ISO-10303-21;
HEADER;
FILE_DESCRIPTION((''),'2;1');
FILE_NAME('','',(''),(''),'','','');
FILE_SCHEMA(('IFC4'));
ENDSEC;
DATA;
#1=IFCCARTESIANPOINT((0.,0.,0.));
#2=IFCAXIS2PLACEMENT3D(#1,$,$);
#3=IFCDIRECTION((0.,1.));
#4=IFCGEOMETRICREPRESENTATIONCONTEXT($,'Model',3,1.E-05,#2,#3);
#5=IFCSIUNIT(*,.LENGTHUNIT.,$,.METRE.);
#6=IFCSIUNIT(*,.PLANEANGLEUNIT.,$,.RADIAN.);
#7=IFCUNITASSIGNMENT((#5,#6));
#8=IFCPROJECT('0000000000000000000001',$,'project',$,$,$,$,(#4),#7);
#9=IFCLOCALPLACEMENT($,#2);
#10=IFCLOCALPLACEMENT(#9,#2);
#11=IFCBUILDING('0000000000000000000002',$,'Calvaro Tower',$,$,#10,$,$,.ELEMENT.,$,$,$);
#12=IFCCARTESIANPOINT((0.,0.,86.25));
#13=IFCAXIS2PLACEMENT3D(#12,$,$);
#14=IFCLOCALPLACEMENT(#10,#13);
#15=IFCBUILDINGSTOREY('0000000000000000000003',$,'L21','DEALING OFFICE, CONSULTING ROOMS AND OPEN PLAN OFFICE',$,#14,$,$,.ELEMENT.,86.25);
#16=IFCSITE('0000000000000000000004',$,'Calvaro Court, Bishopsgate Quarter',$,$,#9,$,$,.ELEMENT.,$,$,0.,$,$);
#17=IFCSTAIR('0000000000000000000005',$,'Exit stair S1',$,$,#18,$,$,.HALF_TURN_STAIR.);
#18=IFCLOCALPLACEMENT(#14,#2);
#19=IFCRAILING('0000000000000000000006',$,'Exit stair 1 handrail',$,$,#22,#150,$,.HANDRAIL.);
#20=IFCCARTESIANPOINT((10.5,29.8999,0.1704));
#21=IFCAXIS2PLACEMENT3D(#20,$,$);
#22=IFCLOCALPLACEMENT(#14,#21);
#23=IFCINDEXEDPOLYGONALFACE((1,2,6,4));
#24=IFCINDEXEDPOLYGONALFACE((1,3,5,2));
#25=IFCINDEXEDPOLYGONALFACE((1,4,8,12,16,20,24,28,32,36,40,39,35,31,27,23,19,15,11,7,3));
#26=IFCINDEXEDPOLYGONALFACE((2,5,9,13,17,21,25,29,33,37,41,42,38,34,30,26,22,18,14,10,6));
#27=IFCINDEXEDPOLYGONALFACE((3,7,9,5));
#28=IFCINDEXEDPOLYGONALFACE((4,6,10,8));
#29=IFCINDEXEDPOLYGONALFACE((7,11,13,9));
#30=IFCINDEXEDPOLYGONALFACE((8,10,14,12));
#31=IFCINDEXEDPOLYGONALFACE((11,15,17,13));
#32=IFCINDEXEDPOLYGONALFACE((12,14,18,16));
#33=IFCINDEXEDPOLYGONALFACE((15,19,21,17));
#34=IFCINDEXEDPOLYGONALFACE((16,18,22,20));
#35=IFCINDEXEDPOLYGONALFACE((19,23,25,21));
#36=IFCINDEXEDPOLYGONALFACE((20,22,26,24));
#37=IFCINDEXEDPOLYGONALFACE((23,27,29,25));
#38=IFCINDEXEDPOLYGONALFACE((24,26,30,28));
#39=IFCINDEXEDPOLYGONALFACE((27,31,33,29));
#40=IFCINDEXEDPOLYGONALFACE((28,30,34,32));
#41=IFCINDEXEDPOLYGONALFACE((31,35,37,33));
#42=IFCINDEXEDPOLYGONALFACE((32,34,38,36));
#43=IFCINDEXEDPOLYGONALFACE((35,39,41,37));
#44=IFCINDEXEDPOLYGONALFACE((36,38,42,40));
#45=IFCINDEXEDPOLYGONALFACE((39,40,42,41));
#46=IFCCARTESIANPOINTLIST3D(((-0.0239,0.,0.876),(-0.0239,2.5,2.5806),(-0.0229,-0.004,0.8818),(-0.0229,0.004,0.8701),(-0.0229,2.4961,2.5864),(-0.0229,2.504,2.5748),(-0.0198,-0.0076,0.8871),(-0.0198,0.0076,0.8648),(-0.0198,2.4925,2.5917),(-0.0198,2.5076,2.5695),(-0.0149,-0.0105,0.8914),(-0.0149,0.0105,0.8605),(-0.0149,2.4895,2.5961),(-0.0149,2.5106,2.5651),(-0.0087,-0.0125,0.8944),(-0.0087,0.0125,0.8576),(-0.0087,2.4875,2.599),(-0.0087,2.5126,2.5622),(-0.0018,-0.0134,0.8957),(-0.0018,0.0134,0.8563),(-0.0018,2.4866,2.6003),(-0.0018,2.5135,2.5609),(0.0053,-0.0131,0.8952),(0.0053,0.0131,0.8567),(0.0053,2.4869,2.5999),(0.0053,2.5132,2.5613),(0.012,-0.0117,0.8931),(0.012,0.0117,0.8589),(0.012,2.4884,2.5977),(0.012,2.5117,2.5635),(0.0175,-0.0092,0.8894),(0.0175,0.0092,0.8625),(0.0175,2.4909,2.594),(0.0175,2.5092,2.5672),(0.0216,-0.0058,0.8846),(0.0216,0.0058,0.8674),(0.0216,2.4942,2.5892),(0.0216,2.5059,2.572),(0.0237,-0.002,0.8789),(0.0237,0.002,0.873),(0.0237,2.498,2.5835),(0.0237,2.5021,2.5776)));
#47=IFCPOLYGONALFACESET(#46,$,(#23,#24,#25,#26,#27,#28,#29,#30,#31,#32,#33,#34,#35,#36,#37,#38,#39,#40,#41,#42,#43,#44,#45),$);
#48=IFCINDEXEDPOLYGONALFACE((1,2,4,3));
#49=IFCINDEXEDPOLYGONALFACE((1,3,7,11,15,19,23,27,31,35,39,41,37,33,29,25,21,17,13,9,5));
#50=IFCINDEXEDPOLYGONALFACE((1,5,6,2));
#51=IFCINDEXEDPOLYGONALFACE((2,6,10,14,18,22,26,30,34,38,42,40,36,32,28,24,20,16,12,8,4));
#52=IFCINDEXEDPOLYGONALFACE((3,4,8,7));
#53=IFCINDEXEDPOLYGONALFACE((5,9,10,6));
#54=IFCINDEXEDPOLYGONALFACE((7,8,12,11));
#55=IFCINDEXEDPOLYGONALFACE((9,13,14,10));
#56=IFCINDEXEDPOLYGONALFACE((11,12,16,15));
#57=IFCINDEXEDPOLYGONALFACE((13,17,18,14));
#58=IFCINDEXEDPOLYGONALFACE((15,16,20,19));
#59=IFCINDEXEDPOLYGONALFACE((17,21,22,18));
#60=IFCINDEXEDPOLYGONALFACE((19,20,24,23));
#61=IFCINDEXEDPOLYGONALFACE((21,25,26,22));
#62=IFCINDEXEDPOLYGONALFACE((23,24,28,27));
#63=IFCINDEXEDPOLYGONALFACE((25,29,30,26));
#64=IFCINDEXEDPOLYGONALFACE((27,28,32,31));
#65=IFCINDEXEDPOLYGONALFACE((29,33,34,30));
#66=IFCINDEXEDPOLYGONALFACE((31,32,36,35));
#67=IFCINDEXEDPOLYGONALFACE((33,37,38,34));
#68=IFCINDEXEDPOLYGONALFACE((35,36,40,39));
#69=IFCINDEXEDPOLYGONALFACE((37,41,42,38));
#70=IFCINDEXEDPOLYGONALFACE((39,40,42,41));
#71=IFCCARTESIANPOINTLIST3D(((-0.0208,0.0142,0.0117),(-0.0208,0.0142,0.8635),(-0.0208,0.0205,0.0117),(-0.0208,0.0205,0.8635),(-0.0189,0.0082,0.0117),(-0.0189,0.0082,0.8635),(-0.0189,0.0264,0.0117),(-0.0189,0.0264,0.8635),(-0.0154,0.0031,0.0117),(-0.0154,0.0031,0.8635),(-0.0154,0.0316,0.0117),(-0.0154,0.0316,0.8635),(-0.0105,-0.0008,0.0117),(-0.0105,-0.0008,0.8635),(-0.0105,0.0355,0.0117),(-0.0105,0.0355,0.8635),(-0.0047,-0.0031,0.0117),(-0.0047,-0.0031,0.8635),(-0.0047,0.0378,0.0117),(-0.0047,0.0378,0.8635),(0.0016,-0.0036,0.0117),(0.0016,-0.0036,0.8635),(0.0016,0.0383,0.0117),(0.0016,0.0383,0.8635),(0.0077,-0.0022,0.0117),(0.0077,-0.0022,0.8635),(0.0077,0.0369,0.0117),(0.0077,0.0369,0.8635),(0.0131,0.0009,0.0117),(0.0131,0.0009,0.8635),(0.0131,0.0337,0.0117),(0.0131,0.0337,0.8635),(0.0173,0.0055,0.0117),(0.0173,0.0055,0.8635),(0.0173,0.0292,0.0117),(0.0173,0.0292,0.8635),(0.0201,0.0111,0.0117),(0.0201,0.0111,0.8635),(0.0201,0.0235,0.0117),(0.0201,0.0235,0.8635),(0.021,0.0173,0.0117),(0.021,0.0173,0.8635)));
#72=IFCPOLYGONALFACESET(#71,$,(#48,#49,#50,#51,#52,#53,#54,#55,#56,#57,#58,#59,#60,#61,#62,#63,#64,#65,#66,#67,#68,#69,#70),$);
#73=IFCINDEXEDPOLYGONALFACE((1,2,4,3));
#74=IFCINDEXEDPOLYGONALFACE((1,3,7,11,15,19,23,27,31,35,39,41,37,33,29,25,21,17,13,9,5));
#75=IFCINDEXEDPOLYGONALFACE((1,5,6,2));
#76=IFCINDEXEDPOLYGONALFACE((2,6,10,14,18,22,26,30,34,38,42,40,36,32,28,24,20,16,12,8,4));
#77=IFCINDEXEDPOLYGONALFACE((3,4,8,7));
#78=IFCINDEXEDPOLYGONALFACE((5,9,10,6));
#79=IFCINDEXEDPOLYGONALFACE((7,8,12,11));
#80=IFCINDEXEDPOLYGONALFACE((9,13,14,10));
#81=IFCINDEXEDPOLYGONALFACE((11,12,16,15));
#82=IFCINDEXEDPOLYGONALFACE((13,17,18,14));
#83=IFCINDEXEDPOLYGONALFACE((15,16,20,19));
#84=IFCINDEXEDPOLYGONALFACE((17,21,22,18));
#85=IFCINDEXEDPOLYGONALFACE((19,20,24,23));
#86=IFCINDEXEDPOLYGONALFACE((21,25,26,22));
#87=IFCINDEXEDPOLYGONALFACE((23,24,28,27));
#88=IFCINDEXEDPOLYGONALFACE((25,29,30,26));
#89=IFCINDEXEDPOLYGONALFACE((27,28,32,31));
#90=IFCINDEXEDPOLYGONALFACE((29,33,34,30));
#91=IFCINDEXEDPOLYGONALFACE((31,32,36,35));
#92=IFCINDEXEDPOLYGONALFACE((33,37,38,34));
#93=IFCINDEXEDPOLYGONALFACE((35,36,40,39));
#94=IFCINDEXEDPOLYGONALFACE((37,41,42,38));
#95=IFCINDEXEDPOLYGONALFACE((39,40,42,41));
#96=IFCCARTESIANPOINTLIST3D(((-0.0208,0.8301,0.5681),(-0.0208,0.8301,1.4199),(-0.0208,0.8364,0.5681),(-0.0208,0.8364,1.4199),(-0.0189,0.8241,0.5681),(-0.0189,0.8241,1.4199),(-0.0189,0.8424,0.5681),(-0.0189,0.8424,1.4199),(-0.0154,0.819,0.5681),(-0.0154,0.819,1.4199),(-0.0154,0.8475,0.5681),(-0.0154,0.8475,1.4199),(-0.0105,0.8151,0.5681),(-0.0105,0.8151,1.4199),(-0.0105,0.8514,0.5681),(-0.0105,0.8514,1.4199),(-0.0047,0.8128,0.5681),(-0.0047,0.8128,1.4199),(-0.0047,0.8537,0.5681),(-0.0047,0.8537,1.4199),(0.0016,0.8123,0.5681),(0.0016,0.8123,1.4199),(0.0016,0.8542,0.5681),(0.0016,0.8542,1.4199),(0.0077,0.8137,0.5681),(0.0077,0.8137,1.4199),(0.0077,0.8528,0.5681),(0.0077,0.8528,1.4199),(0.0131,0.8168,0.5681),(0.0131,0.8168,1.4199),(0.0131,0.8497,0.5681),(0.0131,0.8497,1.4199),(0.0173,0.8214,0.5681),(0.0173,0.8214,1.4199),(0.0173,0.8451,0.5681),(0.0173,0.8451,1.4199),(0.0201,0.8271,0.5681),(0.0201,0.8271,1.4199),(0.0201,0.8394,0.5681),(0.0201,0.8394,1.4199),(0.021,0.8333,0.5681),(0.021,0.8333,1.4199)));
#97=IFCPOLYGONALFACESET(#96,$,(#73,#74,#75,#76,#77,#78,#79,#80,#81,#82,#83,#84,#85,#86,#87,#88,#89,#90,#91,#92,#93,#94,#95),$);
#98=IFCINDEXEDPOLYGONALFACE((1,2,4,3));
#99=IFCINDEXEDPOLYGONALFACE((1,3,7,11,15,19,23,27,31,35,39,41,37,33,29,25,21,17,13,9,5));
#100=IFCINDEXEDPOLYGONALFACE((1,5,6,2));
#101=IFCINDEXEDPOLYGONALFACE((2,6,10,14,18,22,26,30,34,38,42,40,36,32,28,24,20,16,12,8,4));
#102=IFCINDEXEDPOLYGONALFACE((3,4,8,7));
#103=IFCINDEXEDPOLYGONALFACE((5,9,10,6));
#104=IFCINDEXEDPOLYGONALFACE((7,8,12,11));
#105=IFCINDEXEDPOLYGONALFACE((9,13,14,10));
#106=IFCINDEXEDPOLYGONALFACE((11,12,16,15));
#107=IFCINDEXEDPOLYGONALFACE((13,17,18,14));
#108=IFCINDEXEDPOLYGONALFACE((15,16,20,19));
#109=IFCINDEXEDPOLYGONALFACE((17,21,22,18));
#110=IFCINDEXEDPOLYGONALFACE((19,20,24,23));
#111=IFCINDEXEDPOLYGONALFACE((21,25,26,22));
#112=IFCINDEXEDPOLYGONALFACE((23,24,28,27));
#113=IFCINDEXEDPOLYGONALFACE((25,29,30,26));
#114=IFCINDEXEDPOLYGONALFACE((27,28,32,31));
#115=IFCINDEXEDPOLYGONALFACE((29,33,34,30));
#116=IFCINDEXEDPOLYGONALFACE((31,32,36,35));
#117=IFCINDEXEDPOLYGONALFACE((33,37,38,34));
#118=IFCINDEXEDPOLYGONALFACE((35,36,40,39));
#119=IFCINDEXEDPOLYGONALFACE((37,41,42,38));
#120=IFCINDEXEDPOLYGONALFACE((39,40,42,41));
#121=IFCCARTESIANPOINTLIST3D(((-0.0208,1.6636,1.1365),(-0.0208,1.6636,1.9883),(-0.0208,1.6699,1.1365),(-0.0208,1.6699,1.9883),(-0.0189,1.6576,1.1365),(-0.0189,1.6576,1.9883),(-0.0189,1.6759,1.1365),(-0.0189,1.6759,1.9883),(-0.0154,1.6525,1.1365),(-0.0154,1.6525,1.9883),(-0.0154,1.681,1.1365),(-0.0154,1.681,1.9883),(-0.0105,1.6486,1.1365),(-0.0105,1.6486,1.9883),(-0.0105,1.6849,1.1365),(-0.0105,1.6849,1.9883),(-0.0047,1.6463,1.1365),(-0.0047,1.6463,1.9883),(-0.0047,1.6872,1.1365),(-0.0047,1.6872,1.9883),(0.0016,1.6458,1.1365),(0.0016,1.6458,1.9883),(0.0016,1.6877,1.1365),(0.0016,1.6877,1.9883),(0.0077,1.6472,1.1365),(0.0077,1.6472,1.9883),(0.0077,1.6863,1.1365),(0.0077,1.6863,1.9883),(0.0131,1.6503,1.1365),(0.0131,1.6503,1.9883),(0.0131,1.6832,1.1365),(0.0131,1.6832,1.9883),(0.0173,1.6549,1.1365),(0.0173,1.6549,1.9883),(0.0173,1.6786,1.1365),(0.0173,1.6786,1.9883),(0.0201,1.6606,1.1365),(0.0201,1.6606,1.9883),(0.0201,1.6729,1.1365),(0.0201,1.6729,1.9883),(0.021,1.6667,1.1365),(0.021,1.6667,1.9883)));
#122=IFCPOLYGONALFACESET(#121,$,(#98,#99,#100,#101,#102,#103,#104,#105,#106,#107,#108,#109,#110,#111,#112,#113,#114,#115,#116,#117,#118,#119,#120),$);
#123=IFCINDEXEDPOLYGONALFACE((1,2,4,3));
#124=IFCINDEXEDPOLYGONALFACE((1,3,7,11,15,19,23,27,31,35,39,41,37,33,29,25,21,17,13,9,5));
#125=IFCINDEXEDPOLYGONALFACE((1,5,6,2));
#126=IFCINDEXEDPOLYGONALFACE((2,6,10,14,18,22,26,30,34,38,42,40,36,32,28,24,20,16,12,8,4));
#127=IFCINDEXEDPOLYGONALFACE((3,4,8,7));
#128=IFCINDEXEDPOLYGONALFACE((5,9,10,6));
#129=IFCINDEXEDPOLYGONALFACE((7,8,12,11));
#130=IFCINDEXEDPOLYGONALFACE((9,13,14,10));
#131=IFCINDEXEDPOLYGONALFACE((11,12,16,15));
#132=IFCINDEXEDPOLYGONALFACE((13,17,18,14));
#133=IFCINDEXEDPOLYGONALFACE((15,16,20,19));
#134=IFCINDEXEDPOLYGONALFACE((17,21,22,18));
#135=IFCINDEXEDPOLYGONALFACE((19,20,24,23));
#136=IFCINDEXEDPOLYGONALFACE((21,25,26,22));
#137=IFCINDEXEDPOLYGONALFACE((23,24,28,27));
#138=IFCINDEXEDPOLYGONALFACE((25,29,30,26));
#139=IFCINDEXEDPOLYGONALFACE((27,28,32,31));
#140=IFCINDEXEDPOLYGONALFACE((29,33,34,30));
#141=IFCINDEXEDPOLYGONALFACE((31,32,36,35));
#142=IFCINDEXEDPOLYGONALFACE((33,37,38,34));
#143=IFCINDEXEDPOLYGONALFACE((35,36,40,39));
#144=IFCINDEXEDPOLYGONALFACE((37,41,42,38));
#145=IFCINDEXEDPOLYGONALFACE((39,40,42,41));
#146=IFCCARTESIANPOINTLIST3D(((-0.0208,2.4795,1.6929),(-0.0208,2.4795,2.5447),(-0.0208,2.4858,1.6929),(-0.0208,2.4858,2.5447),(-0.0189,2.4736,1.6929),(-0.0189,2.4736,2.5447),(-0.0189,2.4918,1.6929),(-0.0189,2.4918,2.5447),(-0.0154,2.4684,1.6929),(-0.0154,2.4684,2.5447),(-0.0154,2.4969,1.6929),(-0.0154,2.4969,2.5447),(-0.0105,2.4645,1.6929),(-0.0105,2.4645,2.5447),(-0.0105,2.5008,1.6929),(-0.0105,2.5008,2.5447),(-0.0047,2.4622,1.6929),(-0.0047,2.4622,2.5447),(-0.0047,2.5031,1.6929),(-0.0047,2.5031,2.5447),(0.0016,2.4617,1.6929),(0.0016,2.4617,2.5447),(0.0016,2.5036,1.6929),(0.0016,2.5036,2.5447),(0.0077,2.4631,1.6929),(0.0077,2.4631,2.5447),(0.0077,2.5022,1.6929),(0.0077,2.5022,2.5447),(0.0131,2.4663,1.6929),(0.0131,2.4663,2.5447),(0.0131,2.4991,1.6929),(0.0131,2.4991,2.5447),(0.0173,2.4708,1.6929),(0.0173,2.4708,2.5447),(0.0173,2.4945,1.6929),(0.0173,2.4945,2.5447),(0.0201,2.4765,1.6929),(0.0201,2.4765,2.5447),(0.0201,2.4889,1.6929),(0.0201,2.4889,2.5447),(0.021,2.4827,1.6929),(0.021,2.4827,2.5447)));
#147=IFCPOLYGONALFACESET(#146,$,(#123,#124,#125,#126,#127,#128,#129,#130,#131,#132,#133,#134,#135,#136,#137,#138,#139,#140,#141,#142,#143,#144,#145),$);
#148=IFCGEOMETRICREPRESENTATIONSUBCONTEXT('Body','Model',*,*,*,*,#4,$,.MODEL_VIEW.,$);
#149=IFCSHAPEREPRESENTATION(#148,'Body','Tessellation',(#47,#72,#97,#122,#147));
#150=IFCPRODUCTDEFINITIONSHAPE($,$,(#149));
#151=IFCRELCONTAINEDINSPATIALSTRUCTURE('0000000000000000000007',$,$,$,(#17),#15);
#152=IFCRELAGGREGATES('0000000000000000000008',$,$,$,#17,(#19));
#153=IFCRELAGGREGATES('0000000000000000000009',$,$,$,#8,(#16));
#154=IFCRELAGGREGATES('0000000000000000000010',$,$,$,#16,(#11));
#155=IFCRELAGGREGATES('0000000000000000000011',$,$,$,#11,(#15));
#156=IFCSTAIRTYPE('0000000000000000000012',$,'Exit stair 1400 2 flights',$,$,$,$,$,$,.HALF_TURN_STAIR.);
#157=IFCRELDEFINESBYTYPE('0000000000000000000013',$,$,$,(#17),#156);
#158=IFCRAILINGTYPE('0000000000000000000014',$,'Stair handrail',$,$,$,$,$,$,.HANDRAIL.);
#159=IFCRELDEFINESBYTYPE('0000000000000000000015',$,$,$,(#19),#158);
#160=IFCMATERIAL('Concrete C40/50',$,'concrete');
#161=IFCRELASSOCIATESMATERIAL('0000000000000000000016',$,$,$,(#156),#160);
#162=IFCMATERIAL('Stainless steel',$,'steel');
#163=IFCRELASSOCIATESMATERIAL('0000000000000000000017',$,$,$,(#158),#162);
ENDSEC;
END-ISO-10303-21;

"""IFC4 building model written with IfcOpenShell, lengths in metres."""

from ifc_helpers import new_model, si_unit, direction, frame, origin, origin_2d, place, context, subcontext, project, spatial, circle, extrude, material, type_object, element, aggregate, save


model = new_model("IFC4")

# Units and contexts
model_context = context("Model", 3, precision=1e-05, world=origin(), true_north=direction((0.0, 1.0)))
body_context = subcontext(model_context, "Body", "Model", "MODEL_VIEW")
ifc_project = project(units=[si_unit("LENGTHUNIT", "METRE"), si_unit("PLANEANGLEUNIT", "RADIAN")], contexts=[model_context])

# Site, building, storey
site_placement = place(None, origin())
site = spatial("IfcSite", under=ifc_project, at=site_placement, Name="Calvaro Court, Bishopsgate Quarter", CompositionType="ELEMENT", RefElevation=0.0)
building_placement = place(site_placement, origin())
building = spatial("IfcBuilding", under=site, at=building_placement, Name="Calvaro Tower", CompositionType="ELEMENT")
storey_placement = place(building_placement, frame((0.0, 0.0, 86.25)))
storey = spatial("IfcBuildingStorey", under=building, at=storey_placement, Name="L21", Description="DEALING OFFICE, CONSULTING ROOMS AND OPEN PLAN OFFICE", CompositionType="ELEMENT", Elevation=86.25)

# Stair, railing
ifc_material_1 = material(Name="Concrete C40/50", Category="concrete")
stair_type = type_object("IfcStairType", Name="Exit stair 1400 2 flights", PredefinedType="HALF_TURN_STAIR", material=ifc_material_1)
stair_placement = place(storey_placement, origin())
stair = element("IfcStair", 1, at=stair_placement, inside=storey, type_object=stair_type, Name="Exit stair S1", PredefinedType="HALF_TURN_STAIR")
ifc_material_2 = material(Name="Stainless steel", Category="steel")
railing_type = type_object("IfcRailingType", Name="Stair handrail", PredefinedType="HANDRAIL", material=ifc_material_2)
railing_1_placement = place(storey_placement, frame((10.5, 29.8999, 0.1704)))
railing_1 = element("IfcRailing", 2, at=railing_1_placement, type_object=railing_type, Name="Exit stair 1 handrail", PredefinedType="HANDRAIL", context=body_context, shape_type="SweptSolid", body=[
    extrude(circle(Radius=0.0239, at=origin_2d()), frame((0.0, 0.0, 0.876), z_axis=(0.0, 0.826221, 0.563347), x_axis=(-1.0, 0.0, 0.0)), (0.0, 0.0, 1.0), 3.0259),
    extrude(circle(Radius=0.021, at=origin_2d()), frame((0.0, 0.0173, 0.0117)), (0.0, 0.0, 1.0), 0.8518),
    extrude(circle(Radius=0.021, at=origin_2d()), frame((0.0, 0.8333, 0.5681)), (0.0, 0.0, 1.0), 0.8518),
    extrude(circle(Radius=0.021, at=origin_2d()), frame((0.0, 1.6667, 1.1365)), (0.0, 0.0, 1.0), 0.8518),
    extrude(circle(Radius=0.021, at=origin_2d()), frame((0.0, 2.4827, 1.6929)), (0.0, 0.0, 1.0), 0.8518),
])
aggregate(stair, [railing_1])

save(model, "model.ifc")
